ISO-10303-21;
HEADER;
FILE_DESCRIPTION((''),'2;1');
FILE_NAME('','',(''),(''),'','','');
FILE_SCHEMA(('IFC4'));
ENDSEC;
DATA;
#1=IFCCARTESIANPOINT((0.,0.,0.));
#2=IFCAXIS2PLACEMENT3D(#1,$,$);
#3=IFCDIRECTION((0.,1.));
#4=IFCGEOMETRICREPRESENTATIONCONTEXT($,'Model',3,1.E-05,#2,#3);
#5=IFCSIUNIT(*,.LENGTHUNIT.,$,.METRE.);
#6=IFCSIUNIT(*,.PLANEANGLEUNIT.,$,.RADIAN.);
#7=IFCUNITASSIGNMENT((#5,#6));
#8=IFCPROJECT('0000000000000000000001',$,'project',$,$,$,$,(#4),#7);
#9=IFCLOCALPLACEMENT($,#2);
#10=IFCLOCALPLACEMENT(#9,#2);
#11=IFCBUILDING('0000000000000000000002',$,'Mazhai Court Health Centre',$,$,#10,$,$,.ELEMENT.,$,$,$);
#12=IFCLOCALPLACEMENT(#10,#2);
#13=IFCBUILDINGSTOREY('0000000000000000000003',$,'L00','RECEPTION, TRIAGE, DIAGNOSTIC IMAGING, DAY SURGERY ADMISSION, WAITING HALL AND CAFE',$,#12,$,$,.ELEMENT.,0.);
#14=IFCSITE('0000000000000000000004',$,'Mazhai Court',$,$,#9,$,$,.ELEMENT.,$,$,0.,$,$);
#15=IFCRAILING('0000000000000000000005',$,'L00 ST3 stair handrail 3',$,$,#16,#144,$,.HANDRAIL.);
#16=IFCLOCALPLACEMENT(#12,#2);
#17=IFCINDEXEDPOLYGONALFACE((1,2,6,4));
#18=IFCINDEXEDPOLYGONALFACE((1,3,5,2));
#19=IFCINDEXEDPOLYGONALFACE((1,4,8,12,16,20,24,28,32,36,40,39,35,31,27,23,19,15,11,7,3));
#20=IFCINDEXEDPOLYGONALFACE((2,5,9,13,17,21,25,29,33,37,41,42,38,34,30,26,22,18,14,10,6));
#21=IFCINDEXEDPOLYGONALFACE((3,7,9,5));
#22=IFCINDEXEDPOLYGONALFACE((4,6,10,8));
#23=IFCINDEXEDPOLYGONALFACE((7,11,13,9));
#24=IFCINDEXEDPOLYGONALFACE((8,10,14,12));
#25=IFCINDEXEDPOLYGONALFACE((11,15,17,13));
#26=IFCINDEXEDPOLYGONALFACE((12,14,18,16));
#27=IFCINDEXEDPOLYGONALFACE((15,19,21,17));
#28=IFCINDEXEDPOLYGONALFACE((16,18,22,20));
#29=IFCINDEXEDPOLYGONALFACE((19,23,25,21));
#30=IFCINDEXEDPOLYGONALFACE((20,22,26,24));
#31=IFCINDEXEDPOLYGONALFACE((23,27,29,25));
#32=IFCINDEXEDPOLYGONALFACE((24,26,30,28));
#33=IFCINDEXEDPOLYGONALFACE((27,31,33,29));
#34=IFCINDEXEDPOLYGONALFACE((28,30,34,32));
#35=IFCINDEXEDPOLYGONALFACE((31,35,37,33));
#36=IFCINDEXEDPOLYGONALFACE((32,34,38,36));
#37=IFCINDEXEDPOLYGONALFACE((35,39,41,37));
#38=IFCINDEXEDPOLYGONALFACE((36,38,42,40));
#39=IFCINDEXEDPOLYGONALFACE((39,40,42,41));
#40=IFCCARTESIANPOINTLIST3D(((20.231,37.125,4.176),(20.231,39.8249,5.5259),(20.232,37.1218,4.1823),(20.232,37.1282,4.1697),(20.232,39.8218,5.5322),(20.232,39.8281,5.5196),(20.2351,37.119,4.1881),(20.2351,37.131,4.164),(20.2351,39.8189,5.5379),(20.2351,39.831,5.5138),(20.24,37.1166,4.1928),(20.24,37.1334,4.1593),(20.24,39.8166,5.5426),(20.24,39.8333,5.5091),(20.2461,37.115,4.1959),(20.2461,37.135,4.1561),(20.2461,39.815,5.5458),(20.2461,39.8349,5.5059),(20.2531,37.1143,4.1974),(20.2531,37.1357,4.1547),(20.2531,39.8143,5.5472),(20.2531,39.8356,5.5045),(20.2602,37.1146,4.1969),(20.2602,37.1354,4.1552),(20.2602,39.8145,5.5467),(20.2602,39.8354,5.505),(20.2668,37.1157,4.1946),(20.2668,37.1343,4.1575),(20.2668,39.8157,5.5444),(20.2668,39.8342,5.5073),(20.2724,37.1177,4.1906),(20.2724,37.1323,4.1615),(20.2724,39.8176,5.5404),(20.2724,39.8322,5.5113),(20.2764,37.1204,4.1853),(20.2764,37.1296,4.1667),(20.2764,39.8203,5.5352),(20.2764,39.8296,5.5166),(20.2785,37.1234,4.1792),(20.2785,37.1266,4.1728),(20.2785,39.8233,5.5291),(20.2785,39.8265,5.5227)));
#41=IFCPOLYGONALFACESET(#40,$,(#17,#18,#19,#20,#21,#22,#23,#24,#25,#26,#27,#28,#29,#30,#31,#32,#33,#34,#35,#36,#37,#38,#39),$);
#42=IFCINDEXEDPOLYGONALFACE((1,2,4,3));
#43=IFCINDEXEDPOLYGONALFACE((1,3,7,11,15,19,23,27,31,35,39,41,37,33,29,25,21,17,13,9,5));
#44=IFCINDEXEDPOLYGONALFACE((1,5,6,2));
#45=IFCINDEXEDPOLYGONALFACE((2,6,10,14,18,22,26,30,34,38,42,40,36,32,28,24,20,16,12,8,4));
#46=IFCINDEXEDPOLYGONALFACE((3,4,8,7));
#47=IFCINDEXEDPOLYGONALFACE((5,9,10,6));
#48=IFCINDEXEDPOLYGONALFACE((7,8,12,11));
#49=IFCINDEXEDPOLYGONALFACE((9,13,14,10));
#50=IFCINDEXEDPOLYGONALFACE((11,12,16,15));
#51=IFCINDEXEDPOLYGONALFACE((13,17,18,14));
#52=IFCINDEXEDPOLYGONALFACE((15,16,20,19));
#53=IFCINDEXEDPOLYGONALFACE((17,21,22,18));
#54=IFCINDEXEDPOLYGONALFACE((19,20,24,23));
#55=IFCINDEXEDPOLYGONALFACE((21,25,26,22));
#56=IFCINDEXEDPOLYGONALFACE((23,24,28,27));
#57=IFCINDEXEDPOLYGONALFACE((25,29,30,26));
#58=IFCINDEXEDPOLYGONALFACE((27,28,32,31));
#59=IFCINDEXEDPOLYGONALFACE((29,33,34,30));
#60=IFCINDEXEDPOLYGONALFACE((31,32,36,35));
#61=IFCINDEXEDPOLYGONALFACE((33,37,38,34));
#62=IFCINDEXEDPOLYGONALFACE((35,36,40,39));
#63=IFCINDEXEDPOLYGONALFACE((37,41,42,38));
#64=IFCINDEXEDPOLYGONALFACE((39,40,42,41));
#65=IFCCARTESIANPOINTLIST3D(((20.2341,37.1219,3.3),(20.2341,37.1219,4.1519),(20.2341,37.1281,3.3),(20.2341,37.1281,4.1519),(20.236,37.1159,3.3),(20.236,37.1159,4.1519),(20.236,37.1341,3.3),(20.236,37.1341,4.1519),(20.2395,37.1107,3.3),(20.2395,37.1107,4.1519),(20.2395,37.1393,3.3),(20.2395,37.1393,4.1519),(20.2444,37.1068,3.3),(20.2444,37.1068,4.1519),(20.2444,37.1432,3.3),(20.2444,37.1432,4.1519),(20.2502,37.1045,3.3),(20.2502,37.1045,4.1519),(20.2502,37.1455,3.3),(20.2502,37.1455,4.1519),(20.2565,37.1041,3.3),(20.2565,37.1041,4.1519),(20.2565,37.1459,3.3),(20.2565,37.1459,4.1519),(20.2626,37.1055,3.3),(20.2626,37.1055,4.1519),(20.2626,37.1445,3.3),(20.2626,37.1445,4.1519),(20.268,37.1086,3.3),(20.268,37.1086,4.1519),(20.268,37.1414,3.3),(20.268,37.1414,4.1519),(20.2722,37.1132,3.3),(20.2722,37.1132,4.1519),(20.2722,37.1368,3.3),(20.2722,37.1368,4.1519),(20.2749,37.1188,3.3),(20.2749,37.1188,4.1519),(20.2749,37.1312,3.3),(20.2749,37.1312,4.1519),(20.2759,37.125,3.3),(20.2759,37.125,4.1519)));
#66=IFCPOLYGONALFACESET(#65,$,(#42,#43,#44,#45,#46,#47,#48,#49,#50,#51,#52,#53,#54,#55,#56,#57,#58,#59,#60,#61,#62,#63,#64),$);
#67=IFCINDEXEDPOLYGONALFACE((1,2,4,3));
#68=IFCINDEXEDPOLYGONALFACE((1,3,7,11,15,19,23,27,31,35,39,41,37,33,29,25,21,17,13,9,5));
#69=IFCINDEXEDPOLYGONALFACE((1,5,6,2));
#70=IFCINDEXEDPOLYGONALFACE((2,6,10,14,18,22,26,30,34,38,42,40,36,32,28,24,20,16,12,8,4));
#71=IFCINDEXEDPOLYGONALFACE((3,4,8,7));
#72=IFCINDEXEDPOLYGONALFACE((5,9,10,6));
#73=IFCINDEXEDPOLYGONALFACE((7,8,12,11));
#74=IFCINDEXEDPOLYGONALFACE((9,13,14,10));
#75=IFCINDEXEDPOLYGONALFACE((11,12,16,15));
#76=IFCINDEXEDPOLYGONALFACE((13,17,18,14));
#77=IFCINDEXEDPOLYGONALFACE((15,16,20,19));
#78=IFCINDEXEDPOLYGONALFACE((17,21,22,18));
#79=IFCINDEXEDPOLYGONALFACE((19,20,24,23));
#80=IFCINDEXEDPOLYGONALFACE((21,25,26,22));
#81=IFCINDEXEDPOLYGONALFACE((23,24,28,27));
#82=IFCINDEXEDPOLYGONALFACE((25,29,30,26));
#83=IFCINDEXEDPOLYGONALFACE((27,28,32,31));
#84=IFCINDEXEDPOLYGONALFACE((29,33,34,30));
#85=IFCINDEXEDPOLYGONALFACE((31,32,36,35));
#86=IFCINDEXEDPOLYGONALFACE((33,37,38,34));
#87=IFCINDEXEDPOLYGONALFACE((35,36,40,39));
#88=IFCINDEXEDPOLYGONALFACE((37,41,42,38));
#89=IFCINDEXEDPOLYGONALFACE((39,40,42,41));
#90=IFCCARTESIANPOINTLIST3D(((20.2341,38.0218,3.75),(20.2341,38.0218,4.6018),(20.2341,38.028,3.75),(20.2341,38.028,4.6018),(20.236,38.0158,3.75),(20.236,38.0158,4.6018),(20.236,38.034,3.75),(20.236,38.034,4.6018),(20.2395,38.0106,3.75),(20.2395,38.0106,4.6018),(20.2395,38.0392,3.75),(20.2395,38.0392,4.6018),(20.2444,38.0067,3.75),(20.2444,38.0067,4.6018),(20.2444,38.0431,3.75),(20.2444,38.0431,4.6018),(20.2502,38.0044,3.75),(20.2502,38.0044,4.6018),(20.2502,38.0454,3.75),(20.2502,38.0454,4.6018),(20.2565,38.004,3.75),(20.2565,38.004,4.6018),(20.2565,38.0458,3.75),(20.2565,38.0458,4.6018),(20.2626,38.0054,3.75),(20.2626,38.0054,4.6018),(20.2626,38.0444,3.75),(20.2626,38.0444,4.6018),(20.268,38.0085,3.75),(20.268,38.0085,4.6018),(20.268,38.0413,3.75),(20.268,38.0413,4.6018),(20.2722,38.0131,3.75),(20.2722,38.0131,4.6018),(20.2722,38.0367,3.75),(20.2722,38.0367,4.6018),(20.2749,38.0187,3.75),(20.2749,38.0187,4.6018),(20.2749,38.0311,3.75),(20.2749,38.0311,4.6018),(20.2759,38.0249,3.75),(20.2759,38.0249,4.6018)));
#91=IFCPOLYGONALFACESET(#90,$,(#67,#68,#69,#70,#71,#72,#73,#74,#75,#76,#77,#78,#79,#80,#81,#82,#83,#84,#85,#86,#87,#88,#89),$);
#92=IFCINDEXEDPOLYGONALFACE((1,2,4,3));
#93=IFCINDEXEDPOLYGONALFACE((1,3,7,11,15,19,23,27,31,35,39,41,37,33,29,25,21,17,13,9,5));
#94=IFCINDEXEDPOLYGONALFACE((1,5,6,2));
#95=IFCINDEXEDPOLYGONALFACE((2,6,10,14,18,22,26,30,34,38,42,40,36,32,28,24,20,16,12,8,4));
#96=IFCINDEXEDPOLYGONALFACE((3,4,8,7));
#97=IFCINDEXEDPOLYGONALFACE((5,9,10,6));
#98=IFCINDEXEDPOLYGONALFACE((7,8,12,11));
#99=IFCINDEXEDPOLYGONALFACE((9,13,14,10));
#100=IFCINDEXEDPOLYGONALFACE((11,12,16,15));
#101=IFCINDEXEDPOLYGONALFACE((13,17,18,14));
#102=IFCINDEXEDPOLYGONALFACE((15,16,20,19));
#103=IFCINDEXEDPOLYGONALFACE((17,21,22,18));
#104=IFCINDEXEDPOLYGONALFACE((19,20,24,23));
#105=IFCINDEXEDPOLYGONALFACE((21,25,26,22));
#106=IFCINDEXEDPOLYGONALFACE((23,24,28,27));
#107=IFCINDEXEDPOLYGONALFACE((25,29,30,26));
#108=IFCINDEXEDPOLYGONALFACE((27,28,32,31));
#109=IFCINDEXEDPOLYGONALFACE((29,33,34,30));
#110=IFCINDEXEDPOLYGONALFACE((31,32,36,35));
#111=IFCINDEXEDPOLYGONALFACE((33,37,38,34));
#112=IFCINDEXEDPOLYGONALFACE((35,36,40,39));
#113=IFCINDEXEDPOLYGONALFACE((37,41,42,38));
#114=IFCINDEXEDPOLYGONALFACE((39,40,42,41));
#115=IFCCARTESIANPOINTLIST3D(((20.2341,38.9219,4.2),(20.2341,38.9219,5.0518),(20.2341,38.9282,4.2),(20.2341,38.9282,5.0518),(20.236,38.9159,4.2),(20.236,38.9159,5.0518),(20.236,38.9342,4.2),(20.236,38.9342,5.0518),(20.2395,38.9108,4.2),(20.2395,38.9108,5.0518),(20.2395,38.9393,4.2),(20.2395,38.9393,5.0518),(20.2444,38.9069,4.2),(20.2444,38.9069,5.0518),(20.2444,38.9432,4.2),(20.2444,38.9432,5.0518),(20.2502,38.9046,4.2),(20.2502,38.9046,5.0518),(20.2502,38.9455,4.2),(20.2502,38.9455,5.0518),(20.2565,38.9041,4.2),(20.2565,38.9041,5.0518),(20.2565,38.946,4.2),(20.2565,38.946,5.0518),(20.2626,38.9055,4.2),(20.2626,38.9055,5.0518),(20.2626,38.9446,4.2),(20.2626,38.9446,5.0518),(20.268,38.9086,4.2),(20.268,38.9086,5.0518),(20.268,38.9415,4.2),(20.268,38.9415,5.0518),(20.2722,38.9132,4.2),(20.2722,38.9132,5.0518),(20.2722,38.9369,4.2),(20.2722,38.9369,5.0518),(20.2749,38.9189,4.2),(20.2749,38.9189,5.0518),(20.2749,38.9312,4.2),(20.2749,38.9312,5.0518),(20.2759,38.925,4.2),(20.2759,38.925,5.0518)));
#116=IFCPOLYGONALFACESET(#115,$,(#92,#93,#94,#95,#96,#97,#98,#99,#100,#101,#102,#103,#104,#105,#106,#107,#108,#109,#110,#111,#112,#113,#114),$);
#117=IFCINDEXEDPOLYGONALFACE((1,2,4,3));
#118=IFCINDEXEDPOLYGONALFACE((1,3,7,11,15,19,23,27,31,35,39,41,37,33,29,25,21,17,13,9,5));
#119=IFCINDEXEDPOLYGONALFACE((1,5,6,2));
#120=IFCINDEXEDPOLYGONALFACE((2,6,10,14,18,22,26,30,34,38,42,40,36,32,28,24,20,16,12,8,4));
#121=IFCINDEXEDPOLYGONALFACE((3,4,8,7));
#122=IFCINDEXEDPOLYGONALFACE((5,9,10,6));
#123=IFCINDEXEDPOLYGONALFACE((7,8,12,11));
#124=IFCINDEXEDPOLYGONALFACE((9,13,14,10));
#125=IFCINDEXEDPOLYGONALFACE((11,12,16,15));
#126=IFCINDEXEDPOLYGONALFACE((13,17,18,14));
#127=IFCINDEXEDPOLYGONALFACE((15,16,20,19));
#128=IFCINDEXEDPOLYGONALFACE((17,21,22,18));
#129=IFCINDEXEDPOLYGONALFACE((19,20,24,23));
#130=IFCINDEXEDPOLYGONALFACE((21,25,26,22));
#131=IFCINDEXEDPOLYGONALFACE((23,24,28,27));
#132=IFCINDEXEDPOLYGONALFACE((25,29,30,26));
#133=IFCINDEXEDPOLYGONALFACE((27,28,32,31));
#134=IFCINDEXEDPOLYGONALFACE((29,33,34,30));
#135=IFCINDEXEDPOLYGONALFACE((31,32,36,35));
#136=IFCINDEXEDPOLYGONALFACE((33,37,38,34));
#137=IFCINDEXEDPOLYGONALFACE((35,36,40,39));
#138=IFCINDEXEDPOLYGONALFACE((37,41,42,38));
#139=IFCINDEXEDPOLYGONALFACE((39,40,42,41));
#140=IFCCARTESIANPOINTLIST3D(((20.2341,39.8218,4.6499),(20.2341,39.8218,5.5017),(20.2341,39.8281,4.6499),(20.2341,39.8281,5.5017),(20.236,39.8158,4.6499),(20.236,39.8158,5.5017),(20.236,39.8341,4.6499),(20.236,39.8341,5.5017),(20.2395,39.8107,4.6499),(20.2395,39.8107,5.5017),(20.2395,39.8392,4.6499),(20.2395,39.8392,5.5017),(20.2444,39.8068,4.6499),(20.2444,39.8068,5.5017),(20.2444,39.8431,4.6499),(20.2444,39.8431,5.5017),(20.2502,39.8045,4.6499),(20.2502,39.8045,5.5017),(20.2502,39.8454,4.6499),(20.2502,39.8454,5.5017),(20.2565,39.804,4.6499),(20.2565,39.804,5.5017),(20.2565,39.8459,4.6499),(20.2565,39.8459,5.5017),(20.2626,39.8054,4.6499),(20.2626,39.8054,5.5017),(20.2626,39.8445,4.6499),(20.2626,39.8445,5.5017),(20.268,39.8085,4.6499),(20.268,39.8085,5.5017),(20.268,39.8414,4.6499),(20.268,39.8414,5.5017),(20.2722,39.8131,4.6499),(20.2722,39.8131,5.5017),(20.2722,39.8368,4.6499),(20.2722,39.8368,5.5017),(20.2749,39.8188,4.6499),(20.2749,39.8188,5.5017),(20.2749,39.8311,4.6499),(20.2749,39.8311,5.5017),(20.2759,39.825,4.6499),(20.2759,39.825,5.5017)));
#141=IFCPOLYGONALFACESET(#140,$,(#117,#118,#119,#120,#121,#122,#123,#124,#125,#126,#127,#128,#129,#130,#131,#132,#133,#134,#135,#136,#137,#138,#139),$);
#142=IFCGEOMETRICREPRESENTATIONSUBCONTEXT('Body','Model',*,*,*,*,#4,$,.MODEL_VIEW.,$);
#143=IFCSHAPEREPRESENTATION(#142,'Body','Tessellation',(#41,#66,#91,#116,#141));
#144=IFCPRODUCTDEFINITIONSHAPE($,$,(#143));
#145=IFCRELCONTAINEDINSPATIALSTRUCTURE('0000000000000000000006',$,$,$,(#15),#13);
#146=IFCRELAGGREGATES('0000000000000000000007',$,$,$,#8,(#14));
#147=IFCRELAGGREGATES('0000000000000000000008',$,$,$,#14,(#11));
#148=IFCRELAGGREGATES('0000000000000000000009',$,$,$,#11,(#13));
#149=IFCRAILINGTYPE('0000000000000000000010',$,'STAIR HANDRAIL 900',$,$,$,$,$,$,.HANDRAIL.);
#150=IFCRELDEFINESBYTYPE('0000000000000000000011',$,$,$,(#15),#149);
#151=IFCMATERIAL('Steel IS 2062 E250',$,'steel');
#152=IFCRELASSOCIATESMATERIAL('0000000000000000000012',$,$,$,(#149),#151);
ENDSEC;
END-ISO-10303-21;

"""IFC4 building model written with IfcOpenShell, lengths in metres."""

from ifc_helpers import new_model, si_unit, direction, frame, origin, origin_2d, place, context, subcontext, project, spatial, circle, extrude, material, type_object, element, save


model = new_model("IFC4")

# Units and contexts
model_context = context("Model", 3, precision=1e-05, world=origin(), true_north=direction((0.0, 1.0)))
body_context = subcontext(model_context, "Body", "Model", "MODEL_VIEW")
ifc_project = project(units=[si_unit("LENGTHUNIT", "METRE"), si_unit("PLANEANGLEUNIT", "RADIAN")], contexts=[model_context])

# Site, building, storey
site_placement = place(None, origin())
site = spatial("IfcSite", under=ifc_project, at=site_placement, Name="Mazhai Court", CompositionType="ELEMENT", RefElevation=0.0)
building_placement = place(site_placement, origin())
building = spatial("IfcBuilding", under=site, at=building_placement, Name="Mazhai Court Health Centre", CompositionType="ELEMENT")
storey_placement = place(building_placement, origin())
storey = spatial("IfcBuildingStorey", under=building, at=storey_placement, Name="L00", Description="RECEPTION, TRIAGE, DIAGNOSTIC IMAGING, DAY SURGERY ADMISSION, WAITING HALL AND CAFE", CompositionType="ELEMENT", Elevation=0.0)

# Railing
ifc_material_1 = material(Name="Steel IS 2062 E250", Category="steel")
railing_type_1 = type_object("IfcRailingType", Name="STAIR HANDRAIL 900", PredefinedType="HANDRAIL", material=ifc_material_1)
railing_1_placement = place(storey_placement, frame((20.2549, 37.125, 3.3)))
element("IfcRailing", 1, at=railing_1_placement, inside=storey, type_object=railing_type_1, Name="L00 ST3 stair handrail 3", PredefinedType="HANDRAIL", context=body_context, shape_type="SweptSolid", body=[
    extrude(circle(Radius=0.0239, at=origin_2d()), frame((0.0, 0.0, 0.876), z_axis=(0.0, 0.894443, 0.447181), x_axis=(-1.0, 0.0, 0.0)), (0.0, 0.0, 1.0), 3.0186),
    extrude(circle(Radius=0.021, at=origin_2d()), origin(), (0.0, 0.0, 1.0), 0.8518),
    extrude(circle(Radius=0.021, at=origin_2d()), frame((0.0, 0.8999, 0.45)), (0.0, 0.0, 1.0), 0.8518),
    extrude(circle(Radius=0.021, at=origin_2d()), frame((0.0, 1.8, 0.8999)), (0.0, 0.0, 1.0), 0.8518),
    extrude(circle(Radius=0.021, at=origin_2d()), frame((0.0, 2.7, 1.3499)), (0.0, 0.0, 1.0), 0.8518),
])

save(model, "model.ifc")
